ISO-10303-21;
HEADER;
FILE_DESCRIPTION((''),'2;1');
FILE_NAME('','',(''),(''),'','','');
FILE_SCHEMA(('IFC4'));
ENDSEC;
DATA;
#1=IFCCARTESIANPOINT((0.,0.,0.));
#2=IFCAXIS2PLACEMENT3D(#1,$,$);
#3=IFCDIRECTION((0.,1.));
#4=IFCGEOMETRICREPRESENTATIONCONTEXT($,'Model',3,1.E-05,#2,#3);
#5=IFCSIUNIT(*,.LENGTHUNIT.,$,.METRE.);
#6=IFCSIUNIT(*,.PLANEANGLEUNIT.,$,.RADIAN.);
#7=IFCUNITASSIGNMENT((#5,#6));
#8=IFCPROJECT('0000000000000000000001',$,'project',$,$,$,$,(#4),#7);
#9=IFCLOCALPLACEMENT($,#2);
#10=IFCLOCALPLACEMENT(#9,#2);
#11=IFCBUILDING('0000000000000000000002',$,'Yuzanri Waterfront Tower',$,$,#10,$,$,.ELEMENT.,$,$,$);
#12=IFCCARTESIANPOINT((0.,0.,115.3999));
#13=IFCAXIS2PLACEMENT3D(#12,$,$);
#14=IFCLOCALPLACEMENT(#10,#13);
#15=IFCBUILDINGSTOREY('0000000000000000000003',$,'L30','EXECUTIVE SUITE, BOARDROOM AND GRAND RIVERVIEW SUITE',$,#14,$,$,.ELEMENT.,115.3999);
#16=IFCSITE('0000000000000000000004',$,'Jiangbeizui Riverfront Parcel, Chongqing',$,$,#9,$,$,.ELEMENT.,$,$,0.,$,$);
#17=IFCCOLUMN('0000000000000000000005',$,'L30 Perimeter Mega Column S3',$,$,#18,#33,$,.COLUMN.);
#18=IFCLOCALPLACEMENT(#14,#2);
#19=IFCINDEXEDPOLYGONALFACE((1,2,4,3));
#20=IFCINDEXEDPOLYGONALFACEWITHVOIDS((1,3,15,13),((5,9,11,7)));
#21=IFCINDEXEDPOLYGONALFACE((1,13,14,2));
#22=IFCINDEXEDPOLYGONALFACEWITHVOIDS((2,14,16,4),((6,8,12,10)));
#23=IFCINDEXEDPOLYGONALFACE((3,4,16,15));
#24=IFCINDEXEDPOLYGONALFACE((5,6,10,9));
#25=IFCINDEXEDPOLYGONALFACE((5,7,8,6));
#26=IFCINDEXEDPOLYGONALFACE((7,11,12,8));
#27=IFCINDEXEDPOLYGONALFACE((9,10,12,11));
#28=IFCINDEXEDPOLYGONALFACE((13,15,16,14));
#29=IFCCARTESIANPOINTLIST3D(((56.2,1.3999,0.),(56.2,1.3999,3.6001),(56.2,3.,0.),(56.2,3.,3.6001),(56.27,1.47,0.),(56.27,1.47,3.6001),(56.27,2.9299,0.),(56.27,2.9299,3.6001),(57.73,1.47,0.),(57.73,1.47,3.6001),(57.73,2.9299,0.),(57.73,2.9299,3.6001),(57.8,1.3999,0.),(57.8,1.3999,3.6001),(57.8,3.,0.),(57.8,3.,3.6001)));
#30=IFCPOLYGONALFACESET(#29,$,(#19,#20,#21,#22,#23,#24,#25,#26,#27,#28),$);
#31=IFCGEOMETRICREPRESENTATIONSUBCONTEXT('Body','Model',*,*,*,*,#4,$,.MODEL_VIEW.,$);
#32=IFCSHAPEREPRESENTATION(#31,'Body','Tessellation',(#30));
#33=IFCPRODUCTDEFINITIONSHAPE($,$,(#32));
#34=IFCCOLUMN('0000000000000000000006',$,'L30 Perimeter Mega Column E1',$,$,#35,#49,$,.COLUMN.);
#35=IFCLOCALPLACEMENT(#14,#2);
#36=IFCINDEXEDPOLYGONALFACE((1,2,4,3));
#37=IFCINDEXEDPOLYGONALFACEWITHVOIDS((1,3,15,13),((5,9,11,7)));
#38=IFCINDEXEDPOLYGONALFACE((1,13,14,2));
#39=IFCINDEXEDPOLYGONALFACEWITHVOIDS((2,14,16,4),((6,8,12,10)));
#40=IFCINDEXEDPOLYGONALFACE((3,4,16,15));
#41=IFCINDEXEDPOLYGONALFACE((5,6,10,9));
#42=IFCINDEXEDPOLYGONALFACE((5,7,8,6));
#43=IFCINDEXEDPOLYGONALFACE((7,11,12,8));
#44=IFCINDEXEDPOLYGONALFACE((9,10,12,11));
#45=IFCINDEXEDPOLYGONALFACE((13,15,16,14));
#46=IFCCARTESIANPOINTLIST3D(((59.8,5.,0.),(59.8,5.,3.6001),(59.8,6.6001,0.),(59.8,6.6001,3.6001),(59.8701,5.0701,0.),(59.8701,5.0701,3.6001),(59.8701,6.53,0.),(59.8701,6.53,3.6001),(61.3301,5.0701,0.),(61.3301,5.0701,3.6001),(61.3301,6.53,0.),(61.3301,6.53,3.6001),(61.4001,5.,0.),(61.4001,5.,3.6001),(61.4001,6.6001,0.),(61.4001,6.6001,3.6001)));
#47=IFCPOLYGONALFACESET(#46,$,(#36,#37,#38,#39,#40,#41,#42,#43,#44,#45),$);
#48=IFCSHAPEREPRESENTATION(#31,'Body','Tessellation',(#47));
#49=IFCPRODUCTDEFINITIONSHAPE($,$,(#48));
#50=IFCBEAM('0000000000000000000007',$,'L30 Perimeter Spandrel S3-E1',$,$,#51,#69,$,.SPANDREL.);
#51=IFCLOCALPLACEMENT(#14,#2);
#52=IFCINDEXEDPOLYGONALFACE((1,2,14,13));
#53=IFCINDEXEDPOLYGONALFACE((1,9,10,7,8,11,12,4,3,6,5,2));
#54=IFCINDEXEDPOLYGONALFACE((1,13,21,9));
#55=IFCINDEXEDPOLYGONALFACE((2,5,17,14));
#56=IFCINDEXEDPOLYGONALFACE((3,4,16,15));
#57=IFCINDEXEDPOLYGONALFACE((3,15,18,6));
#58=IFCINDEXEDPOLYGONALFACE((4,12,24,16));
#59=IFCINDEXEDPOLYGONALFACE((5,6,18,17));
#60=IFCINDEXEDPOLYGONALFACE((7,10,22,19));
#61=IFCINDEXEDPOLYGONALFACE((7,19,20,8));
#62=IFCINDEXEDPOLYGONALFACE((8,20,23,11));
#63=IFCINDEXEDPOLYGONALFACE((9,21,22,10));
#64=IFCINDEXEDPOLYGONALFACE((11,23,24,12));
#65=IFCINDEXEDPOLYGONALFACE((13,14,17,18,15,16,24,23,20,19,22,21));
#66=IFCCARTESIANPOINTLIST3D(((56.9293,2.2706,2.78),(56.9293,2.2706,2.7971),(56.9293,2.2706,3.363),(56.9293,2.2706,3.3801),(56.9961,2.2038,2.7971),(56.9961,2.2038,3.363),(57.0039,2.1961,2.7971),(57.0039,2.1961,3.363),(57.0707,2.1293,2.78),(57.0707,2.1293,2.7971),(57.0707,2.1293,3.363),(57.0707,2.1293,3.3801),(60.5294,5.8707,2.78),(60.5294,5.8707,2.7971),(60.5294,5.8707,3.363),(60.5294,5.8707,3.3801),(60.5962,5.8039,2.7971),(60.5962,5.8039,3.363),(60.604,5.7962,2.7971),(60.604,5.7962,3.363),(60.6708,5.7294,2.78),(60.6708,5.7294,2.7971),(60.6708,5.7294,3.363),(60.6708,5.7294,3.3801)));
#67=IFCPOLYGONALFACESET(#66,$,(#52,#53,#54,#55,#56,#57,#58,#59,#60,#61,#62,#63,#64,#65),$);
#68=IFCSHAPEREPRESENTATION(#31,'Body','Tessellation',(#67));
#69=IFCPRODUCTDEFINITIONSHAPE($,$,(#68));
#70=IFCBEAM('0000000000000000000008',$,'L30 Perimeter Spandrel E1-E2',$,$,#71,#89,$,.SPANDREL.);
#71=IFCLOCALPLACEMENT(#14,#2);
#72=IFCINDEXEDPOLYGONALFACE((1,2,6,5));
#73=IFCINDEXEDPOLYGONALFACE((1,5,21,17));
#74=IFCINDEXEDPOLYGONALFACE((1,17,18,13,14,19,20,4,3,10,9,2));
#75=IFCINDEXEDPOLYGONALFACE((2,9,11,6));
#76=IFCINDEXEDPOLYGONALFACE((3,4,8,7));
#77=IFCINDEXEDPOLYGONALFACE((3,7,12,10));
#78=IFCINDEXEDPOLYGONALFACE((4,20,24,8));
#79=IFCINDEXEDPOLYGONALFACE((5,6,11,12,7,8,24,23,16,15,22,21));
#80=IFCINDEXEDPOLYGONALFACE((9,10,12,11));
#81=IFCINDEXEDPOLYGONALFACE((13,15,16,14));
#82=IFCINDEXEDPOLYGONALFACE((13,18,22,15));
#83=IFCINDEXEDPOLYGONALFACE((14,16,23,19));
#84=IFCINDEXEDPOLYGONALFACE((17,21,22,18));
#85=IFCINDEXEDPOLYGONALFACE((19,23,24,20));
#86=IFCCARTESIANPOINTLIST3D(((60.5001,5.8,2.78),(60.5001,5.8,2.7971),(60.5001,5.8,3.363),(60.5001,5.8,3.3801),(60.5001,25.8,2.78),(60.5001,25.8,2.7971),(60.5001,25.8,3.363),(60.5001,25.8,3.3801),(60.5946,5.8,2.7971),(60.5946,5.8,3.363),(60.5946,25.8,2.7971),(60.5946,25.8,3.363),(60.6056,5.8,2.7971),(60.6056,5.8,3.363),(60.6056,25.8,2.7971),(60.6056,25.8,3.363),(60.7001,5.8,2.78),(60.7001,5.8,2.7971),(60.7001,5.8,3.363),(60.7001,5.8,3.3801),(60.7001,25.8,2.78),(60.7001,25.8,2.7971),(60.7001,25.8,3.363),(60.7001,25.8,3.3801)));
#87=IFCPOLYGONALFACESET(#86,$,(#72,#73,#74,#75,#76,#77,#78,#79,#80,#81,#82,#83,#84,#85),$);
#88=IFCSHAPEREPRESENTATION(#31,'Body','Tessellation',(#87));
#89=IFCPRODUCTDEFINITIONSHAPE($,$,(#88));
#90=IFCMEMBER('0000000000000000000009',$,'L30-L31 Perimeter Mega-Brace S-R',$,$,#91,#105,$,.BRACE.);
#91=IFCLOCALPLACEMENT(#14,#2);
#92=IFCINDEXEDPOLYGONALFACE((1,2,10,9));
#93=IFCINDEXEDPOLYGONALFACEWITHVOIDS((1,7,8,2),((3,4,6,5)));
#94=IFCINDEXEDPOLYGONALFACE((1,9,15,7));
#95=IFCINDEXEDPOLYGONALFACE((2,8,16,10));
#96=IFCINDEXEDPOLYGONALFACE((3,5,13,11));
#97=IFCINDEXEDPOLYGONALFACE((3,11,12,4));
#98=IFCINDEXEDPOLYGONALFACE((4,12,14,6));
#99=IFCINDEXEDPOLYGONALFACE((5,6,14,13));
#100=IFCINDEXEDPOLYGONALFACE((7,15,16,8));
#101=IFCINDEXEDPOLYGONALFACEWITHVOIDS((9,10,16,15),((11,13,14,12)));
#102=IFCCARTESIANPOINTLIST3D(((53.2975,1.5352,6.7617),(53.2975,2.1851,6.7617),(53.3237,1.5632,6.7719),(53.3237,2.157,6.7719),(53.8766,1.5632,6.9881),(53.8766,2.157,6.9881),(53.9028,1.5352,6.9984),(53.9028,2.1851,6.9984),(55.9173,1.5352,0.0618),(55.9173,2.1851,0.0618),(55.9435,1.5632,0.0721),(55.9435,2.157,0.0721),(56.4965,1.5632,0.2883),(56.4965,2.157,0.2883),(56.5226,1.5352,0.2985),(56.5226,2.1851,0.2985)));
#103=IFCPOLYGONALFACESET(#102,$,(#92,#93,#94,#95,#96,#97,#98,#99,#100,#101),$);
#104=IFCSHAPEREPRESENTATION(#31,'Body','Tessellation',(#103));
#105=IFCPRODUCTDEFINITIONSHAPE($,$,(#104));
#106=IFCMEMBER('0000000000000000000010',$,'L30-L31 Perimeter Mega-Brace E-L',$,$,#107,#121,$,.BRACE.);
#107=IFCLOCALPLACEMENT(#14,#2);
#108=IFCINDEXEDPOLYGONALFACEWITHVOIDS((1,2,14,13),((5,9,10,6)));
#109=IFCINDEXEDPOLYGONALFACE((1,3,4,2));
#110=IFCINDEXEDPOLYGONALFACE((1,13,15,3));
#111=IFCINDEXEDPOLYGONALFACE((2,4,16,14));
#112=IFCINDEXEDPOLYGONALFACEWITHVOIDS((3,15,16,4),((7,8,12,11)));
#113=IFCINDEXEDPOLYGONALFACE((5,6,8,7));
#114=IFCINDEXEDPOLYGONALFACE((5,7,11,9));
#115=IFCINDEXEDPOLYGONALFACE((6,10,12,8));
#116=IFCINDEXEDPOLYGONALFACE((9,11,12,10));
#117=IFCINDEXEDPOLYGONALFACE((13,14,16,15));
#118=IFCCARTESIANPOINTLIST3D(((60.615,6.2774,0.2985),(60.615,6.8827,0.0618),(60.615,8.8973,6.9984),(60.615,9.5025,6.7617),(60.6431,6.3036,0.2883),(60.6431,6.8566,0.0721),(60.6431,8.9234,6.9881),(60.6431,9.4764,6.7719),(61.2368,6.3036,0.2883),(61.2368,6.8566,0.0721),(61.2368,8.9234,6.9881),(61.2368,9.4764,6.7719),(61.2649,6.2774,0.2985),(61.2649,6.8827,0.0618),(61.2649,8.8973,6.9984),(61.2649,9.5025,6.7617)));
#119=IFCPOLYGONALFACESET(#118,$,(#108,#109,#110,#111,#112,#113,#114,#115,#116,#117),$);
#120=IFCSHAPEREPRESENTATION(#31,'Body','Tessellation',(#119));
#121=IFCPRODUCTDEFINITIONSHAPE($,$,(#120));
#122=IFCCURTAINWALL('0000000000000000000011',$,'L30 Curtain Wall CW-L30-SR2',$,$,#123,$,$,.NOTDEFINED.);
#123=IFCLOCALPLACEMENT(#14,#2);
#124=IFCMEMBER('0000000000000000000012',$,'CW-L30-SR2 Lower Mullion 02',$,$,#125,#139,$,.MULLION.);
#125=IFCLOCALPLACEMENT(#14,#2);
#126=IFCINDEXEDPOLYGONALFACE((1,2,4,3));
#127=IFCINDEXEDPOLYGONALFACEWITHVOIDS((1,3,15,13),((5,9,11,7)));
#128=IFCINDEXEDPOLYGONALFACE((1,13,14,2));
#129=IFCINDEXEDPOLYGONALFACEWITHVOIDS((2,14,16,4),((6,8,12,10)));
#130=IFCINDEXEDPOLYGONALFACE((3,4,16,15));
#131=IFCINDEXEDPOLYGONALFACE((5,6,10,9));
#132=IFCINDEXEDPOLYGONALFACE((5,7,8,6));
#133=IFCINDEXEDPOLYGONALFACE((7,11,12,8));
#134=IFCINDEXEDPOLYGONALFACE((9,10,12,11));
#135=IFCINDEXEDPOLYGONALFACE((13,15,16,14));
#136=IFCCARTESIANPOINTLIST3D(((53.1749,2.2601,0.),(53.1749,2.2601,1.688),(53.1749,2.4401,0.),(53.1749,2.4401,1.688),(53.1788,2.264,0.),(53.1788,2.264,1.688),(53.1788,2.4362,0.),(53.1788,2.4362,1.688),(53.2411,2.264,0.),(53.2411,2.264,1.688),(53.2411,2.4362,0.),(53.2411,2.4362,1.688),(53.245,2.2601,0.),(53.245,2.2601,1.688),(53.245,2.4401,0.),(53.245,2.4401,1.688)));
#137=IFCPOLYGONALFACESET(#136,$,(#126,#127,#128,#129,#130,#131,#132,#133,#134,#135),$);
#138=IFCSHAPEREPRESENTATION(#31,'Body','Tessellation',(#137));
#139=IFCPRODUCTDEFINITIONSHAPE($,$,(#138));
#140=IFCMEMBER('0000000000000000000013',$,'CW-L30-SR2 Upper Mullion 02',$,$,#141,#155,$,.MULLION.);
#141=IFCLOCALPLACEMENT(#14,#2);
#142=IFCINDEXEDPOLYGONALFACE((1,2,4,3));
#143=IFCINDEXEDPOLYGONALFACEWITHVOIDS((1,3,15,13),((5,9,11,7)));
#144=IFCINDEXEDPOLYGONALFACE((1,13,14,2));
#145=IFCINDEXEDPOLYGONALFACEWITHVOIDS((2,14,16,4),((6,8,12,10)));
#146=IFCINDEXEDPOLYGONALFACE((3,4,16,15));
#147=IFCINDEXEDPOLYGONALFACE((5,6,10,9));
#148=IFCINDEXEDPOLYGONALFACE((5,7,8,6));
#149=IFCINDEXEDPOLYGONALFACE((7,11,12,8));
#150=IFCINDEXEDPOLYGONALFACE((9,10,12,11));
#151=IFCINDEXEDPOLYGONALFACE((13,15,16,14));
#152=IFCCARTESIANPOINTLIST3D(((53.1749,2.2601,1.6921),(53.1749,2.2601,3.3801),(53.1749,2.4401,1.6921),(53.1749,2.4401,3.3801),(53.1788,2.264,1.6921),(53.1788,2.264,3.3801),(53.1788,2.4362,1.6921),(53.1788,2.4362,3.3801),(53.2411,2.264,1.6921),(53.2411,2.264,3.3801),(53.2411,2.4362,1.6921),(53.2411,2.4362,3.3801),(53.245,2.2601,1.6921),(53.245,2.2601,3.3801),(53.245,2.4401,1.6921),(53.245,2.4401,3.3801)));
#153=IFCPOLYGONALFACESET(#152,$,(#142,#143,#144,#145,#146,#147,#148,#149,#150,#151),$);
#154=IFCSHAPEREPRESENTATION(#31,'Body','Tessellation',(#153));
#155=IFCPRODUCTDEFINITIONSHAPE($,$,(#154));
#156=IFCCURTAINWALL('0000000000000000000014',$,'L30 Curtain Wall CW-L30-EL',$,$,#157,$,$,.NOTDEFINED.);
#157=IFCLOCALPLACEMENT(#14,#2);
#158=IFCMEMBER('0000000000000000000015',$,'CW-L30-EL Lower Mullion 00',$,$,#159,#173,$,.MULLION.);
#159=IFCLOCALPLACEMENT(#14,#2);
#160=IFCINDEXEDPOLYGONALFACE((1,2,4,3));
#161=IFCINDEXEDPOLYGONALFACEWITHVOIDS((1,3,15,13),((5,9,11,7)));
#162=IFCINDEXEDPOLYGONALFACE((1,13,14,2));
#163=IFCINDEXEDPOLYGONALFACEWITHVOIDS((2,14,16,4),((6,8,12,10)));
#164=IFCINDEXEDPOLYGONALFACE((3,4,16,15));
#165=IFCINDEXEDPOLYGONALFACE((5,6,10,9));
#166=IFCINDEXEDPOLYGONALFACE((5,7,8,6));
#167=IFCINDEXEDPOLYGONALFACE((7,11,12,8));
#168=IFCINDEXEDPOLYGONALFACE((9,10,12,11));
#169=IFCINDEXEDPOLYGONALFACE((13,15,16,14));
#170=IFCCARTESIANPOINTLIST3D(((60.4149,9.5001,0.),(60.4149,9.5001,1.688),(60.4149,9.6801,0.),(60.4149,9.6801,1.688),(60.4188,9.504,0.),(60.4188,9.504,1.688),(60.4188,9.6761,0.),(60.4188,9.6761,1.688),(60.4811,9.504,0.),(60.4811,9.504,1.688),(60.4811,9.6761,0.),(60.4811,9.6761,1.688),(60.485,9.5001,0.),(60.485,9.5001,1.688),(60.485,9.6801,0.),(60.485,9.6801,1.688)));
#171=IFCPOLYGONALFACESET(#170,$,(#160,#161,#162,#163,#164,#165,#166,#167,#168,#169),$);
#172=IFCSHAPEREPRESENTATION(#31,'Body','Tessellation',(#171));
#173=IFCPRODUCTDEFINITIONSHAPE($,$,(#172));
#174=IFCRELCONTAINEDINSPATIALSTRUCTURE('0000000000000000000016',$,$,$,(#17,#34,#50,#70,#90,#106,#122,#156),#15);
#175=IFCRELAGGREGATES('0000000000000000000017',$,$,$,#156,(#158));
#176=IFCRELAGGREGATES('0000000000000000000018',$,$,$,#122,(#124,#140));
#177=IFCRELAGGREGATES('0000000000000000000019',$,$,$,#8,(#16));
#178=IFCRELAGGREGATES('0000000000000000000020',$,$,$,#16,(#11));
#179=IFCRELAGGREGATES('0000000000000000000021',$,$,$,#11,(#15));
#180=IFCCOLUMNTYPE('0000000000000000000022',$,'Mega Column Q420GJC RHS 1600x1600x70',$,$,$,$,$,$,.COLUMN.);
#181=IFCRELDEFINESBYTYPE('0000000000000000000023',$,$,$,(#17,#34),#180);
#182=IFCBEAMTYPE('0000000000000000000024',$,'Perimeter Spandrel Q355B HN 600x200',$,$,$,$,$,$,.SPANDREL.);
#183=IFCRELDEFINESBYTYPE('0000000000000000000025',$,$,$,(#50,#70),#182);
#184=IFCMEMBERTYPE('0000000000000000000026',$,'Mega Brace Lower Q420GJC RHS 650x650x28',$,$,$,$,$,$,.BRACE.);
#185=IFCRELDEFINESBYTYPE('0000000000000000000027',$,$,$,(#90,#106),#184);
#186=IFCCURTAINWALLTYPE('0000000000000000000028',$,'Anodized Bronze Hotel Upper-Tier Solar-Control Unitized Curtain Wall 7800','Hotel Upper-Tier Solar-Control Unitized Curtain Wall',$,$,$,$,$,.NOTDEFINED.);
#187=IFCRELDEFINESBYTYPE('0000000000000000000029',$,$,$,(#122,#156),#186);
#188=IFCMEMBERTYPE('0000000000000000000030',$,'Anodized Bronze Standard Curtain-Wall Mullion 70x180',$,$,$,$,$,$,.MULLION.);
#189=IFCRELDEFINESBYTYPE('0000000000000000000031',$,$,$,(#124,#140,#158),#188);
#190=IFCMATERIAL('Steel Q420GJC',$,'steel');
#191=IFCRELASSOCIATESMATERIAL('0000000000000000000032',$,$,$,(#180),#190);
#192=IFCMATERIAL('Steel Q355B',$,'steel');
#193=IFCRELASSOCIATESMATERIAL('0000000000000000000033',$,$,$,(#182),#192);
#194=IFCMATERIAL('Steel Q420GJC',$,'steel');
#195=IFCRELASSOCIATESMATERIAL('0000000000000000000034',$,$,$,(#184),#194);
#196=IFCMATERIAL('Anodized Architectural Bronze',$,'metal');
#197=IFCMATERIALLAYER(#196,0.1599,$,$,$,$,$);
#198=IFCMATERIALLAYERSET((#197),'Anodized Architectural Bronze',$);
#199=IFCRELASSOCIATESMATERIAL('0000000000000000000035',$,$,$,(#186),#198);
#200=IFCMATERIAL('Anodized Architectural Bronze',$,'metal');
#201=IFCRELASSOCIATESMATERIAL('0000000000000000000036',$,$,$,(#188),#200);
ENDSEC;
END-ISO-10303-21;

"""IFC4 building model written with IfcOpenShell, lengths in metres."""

from ifc_helpers import new_model, si_unit, direction, frame, origin, origin_2d, place, context, subcontext, project, spatial, hollow_rectangle, i_section, extrude, source, transform, mapped, material, layer, layer_set, material_profile, profile_set, type_object, element, aggregate, save


model = new_model("IFC4")

# Units and contexts
model_context = context("Model", 3, precision=1e-05, world=origin(), true_north=direction((0.0, 1.0)))
body_context = subcontext(model_context, "Body", "Model", "MODEL_VIEW")
ifc_project = project(units=[si_unit("LENGTHUNIT", "METRE"), si_unit("PLANEANGLEUNIT", "RADIAN")], contexts=[model_context])

# Site, building, storey
site_placement = place(None, origin())
site = spatial("IfcSite", under=ifc_project, at=site_placement, Name="Jiangbeizui Riverfront Parcel, Chongqing", CompositionType="ELEMENT", RefElevation=0.0)
building_placement = place(site_placement, origin())
building = spatial("IfcBuilding", under=site, at=building_placement, Name="Yuzanri Waterfront Tower", CompositionType="ELEMENT")
storey_placement = place(building_placement, frame((0.0, 0.0, 115.3999)))
storey = spatial("IfcBuildingStorey", under=building, at=storey_placement, Name="L30", Description="EXECUTIVE SUITE, BOARDROOM AND GRAND RIVERVIEW SUITE", CompositionType="ELEMENT", Elevation=115.3999)

# Columns
ifc_material_1 = material(Name="Steel Q420GJC", Category="steel")
ifc_material_profile_1 = material_profile(ifc_material_1, hollow_rectangle(XDim=1.6001, YDim=1.6001, WallThickness=0.0701, at=origin_2d()), Name="RHS 1600x1600x70")
ifc_profile_set_1 = profile_set([ifc_material_profile_1], Name="Steel Q420GJC")
column_type = type_object("IfcColumnType", Name="Mega Column Q420GJC RHS 1600x1600x70", PredefinedType="COLUMN", material=ifc_profile_set_1)
shared_shape_1 = source(origin(), body_context, "Body", "SweptSolid", [
    extrude(hollow_rectangle(XDim=1.6001, YDim=1.6001, WallThickness=0.0701, at=origin_2d()), origin(), (0.0, 0.0, 1.0), 3.6001),
])
for number, where, z_axis, x_axis, name in (
    (1, (57.0, 2.2, 0.0), (0.0, 0.0, 1.0), (1.0, 0.0, 0.0), "L30 Perimeter Mega Column S3"),
    (2, (60.6001, 5.8, 0.0), (0.0, 0.0, 1.0), (1.0, 0.0, 0.0), "L30 Perimeter Mega Column E1"),
):
    element("IfcColumn", number, at=place(storey_placement, frame(where, z_axis=z_axis, x_axis=x_axis)), inside=storey, type_object=column_type, Name=name, PredefinedType="COLUMN", context=body_context, shape_type="MappedRepresentation", body=[
        mapped(shared_shape_1, transform((0.0, 0.0, 0.0), scale=1.0)),
    ])

# Beams
ifc_material_2 = material(Name="Steel Q355B", Category="steel")
ifc_material_profile_2 = material_profile(ifc_material_2, i_section(OverallWidth=0.2, OverallDepth=0.6001, WebThickness=0.011, FlangeThickness=0.0171, at=origin_2d()), Name="HN 600x200x11x17")
ifc_profile_set_2 = profile_set([ifc_material_profile_2], Name="Steel Q355B")
beam_type = type_object("IfcBeamType", Name="Perimeter Spandrel Q355B HN 600x200", PredefinedType="SPANDREL", material=ifc_profile_set_2)
shared_shape_2 = source(origin(), body_context, "Body", "SweptSolid", [
    extrude(i_section(OverallWidth=0.2, OverallDepth=0.6001, WebThickness=0.011, FlangeThickness=0.0171, at=origin_2d()), origin(), (0.0, 0.0, 1.0), 5.0913),
])
beam_1_placement = place(storey_placement, frame((57.0, 2.2, 3.0801), z_axis=(0.707107, 0.707107, 0.0), x_axis=(-0.707107, 0.707107, 0.0)))
element("IfcBeam", 3, at=beam_1_placement, inside=storey, type_object=beam_type, Name="L30 Perimeter Spandrel S3-E1", PredefinedType="SPANDREL", context=body_context, shape_type="MappedRepresentation", body=[
    mapped(shared_shape_2, transform((0.0, 0.0, 0.0), scale=1.0)),
])
shared_shape_3 = source(origin(), body_context, "Body", "SweptSolid", [
    extrude(i_section(OverallWidth=0.2, OverallDepth=0.6001, WebThickness=0.011, FlangeThickness=0.0171, at=origin_2d()), origin(), (0.0, 0.0, 1.0), 20.0),
])
beam_2_placement = place(storey_placement, frame((60.6001, 5.8, 3.0801), z_axis=(0.0, 1.0, 0.0), x_axis=(-1.0, 0.0, 0.0)))
element("IfcBeam", 4, at=beam_2_placement, inside=storey, type_object=beam_type, Name="L30 Perimeter Spandrel E1-E2", PredefinedType="SPANDREL", context=body_context, shape_type="MappedRepresentation", body=[
    mapped(shared_shape_3, transform((0.0, 0.0, 0.0), scale=1.0)),
])

# Members
ifc_material_3 = material(Name="Steel Q420GJC", Category="steel")
ifc_material_profile_3 = material_profile(ifc_material_3, hollow_rectangle(XDim=0.6499, YDim=0.6499, WallThickness=0.0281, at=origin_2d()), Name="RHS 650x650x28")
ifc_profile_set_3 = profile_set([ifc_material_profile_3], Name="Steel Q420GJC")
member_type_1 = type_object("IfcMemberType", Name="Mega Brace Lower Q420GJC RHS 650x650x28", PredefinedType="BRACE", material=ifc_profile_set_3)
shared_shape_4 = source(origin(), body_context, "Body", "SweptSolid", [
    extrude(hollow_rectangle(XDim=0.6499, YDim=0.6499, WallThickness=0.0281, at=origin_2d()), origin(), (0.0, 0.0, 1.0), 7.1938),
])
for number, where, z_axis, x_axis, name in (
    (5, (56.22, 1.8601, 0.1802), (-0.364177, 0.0, 0.93133), (0.0, -1.0, 0.0), "L30-L31 Perimeter Mega-Brace S-R"),
    (6, (60.9399, 6.5801, 0.1802), (0.0, 0.364177, 0.93133), (-1.0, 0.0, 0.0), "L30-L31 Perimeter Mega-Brace E-L"),
):
    element("IfcMember", number, at=place(storey_placement, frame(where, z_axis=z_axis, x_axis=x_axis)), inside=storey, type_object=member_type_1, Name=name, PredefinedType="BRACE", context=body_context, shape_type="MappedRepresentation", body=[
        mapped(shared_shape_4, transform((0.0, 0.0, 0.0), scale=1.0)),
    ])

# Curtain walls, members
ifc_material_4 = material(Name="Anodized Architectural Bronze", Category="metal")
ifc_layer_1 = layer(ifc_material_4, 0.1599)
ifc_layer_set_1 = layer_set([ifc_layer_1], Name="Anodized Architectural Bronze")
curtain_wall_type = type_object("IfcCurtainWallType", Name="Anodized Bronze Hotel Upper-Tier Solar-Control Unitized Curtain Wall 7800", Description="Hotel Upper-Tier Solar-Control Unitized Curtain Wall", PredefinedType="NOTDEFINED", material=ifc_layer_set_1)
curtain_wall_1_placement = place(storey_placement, origin())
curtain_wall_1 = element("IfcCurtainWall", 7, at=curtain_wall_1_placement, inside=storey, type_object=curtain_wall_type, Name="L30 Curtain Wall CW-L30-SR2", PredefinedType="NOTDEFINED")
ifc_material_5 = material(Name="Anodized Architectural Bronze", Category="metal")
ifc_material_profile_4 = material_profile(ifc_material_5, hollow_rectangle(XDim=0.0701, YDim=0.1799, WallThickness=0.0039, at=origin_2d()), Name="CWM 70x180")
ifc_profile_set_4 = profile_set([ifc_material_profile_4], Name="Anodized Architectural Bronze")
member_type_2 = type_object("IfcMemberType", Name="Anodized Bronze Standard Curtain-Wall Mullion 70x180", PredefinedType="MULLION", material=ifc_profile_set_4)
shared_shape_5 = source(origin(), body_context, "Body", "SweptSolid", [
    extrude(hollow_rectangle(XDim=0.0701, YDim=0.1799, WallThickness=0.0039, at=origin_2d()), origin(), (0.0, 0.0, 1.0), 1.688),
])
member_1_placement = place(storey_placement, frame((53.21, 2.3501, 0.0), z_axis=(0.0, 0.0, 1.0), x_axis=(1.0, 0.0, 0.0)))
member_1 = element("IfcMember", 8, at=member_1_placement, type_object=member_type_2, Name="CW-L30-SR2 Lower Mullion 02", PredefinedType="MULLION", context=body_context, shape_type="MappedRepresentation", body=[
    mapped(shared_shape_5, transform((0.0, 0.0, 0.0), scale=1.0)),
])
member_2_placement = place(storey_placement, frame((53.21, 2.3501, 1.6921), z_axis=(0.0, 0.0, 1.0), x_axis=(1.0, 0.0, 0.0)))
member_2 = element("IfcMember", 9, at=member_2_placement, type_object=member_type_2, Name="CW-L30-SR2 Upper Mullion 02", PredefinedType="MULLION", context=body_context, shape_type="MappedRepresentation", body=[
    mapped(shared_shape_5, transform((0.0, 0.0, 0.0), scale=1.0)),
])
curtain_wall_2_placement = place(storey_placement, origin())
curtain_wall_2 = element("IfcCurtainWall", 10, at=curtain_wall_2_placement, inside=storey, type_object=curtain_wall_type, Name="L30 Curtain Wall CW-L30-EL", PredefinedType="NOTDEFINED")
member_3_placement = place(storey_placement, frame((60.45, 9.5901, 0.0), z_axis=(0.0, 0.0, 1.0), x_axis=(1.0, 0.0, 0.0)))
member_3 = element("IfcMember", 11, at=member_3_placement, type_object=member_type_2, Name="CW-L30-EL Lower Mullion 00", PredefinedType="MULLION", context=body_context, shape_type="MappedRepresentation", body=[
    mapped(shared_shape_5, transform((0.0, 0.0, 0.0), scale=1.0)),
])
aggregate(curtain_wall_2, [member_3])

aggregate(curtain_wall_1, [member_1, member_2])

save(model, "model.ifc")
